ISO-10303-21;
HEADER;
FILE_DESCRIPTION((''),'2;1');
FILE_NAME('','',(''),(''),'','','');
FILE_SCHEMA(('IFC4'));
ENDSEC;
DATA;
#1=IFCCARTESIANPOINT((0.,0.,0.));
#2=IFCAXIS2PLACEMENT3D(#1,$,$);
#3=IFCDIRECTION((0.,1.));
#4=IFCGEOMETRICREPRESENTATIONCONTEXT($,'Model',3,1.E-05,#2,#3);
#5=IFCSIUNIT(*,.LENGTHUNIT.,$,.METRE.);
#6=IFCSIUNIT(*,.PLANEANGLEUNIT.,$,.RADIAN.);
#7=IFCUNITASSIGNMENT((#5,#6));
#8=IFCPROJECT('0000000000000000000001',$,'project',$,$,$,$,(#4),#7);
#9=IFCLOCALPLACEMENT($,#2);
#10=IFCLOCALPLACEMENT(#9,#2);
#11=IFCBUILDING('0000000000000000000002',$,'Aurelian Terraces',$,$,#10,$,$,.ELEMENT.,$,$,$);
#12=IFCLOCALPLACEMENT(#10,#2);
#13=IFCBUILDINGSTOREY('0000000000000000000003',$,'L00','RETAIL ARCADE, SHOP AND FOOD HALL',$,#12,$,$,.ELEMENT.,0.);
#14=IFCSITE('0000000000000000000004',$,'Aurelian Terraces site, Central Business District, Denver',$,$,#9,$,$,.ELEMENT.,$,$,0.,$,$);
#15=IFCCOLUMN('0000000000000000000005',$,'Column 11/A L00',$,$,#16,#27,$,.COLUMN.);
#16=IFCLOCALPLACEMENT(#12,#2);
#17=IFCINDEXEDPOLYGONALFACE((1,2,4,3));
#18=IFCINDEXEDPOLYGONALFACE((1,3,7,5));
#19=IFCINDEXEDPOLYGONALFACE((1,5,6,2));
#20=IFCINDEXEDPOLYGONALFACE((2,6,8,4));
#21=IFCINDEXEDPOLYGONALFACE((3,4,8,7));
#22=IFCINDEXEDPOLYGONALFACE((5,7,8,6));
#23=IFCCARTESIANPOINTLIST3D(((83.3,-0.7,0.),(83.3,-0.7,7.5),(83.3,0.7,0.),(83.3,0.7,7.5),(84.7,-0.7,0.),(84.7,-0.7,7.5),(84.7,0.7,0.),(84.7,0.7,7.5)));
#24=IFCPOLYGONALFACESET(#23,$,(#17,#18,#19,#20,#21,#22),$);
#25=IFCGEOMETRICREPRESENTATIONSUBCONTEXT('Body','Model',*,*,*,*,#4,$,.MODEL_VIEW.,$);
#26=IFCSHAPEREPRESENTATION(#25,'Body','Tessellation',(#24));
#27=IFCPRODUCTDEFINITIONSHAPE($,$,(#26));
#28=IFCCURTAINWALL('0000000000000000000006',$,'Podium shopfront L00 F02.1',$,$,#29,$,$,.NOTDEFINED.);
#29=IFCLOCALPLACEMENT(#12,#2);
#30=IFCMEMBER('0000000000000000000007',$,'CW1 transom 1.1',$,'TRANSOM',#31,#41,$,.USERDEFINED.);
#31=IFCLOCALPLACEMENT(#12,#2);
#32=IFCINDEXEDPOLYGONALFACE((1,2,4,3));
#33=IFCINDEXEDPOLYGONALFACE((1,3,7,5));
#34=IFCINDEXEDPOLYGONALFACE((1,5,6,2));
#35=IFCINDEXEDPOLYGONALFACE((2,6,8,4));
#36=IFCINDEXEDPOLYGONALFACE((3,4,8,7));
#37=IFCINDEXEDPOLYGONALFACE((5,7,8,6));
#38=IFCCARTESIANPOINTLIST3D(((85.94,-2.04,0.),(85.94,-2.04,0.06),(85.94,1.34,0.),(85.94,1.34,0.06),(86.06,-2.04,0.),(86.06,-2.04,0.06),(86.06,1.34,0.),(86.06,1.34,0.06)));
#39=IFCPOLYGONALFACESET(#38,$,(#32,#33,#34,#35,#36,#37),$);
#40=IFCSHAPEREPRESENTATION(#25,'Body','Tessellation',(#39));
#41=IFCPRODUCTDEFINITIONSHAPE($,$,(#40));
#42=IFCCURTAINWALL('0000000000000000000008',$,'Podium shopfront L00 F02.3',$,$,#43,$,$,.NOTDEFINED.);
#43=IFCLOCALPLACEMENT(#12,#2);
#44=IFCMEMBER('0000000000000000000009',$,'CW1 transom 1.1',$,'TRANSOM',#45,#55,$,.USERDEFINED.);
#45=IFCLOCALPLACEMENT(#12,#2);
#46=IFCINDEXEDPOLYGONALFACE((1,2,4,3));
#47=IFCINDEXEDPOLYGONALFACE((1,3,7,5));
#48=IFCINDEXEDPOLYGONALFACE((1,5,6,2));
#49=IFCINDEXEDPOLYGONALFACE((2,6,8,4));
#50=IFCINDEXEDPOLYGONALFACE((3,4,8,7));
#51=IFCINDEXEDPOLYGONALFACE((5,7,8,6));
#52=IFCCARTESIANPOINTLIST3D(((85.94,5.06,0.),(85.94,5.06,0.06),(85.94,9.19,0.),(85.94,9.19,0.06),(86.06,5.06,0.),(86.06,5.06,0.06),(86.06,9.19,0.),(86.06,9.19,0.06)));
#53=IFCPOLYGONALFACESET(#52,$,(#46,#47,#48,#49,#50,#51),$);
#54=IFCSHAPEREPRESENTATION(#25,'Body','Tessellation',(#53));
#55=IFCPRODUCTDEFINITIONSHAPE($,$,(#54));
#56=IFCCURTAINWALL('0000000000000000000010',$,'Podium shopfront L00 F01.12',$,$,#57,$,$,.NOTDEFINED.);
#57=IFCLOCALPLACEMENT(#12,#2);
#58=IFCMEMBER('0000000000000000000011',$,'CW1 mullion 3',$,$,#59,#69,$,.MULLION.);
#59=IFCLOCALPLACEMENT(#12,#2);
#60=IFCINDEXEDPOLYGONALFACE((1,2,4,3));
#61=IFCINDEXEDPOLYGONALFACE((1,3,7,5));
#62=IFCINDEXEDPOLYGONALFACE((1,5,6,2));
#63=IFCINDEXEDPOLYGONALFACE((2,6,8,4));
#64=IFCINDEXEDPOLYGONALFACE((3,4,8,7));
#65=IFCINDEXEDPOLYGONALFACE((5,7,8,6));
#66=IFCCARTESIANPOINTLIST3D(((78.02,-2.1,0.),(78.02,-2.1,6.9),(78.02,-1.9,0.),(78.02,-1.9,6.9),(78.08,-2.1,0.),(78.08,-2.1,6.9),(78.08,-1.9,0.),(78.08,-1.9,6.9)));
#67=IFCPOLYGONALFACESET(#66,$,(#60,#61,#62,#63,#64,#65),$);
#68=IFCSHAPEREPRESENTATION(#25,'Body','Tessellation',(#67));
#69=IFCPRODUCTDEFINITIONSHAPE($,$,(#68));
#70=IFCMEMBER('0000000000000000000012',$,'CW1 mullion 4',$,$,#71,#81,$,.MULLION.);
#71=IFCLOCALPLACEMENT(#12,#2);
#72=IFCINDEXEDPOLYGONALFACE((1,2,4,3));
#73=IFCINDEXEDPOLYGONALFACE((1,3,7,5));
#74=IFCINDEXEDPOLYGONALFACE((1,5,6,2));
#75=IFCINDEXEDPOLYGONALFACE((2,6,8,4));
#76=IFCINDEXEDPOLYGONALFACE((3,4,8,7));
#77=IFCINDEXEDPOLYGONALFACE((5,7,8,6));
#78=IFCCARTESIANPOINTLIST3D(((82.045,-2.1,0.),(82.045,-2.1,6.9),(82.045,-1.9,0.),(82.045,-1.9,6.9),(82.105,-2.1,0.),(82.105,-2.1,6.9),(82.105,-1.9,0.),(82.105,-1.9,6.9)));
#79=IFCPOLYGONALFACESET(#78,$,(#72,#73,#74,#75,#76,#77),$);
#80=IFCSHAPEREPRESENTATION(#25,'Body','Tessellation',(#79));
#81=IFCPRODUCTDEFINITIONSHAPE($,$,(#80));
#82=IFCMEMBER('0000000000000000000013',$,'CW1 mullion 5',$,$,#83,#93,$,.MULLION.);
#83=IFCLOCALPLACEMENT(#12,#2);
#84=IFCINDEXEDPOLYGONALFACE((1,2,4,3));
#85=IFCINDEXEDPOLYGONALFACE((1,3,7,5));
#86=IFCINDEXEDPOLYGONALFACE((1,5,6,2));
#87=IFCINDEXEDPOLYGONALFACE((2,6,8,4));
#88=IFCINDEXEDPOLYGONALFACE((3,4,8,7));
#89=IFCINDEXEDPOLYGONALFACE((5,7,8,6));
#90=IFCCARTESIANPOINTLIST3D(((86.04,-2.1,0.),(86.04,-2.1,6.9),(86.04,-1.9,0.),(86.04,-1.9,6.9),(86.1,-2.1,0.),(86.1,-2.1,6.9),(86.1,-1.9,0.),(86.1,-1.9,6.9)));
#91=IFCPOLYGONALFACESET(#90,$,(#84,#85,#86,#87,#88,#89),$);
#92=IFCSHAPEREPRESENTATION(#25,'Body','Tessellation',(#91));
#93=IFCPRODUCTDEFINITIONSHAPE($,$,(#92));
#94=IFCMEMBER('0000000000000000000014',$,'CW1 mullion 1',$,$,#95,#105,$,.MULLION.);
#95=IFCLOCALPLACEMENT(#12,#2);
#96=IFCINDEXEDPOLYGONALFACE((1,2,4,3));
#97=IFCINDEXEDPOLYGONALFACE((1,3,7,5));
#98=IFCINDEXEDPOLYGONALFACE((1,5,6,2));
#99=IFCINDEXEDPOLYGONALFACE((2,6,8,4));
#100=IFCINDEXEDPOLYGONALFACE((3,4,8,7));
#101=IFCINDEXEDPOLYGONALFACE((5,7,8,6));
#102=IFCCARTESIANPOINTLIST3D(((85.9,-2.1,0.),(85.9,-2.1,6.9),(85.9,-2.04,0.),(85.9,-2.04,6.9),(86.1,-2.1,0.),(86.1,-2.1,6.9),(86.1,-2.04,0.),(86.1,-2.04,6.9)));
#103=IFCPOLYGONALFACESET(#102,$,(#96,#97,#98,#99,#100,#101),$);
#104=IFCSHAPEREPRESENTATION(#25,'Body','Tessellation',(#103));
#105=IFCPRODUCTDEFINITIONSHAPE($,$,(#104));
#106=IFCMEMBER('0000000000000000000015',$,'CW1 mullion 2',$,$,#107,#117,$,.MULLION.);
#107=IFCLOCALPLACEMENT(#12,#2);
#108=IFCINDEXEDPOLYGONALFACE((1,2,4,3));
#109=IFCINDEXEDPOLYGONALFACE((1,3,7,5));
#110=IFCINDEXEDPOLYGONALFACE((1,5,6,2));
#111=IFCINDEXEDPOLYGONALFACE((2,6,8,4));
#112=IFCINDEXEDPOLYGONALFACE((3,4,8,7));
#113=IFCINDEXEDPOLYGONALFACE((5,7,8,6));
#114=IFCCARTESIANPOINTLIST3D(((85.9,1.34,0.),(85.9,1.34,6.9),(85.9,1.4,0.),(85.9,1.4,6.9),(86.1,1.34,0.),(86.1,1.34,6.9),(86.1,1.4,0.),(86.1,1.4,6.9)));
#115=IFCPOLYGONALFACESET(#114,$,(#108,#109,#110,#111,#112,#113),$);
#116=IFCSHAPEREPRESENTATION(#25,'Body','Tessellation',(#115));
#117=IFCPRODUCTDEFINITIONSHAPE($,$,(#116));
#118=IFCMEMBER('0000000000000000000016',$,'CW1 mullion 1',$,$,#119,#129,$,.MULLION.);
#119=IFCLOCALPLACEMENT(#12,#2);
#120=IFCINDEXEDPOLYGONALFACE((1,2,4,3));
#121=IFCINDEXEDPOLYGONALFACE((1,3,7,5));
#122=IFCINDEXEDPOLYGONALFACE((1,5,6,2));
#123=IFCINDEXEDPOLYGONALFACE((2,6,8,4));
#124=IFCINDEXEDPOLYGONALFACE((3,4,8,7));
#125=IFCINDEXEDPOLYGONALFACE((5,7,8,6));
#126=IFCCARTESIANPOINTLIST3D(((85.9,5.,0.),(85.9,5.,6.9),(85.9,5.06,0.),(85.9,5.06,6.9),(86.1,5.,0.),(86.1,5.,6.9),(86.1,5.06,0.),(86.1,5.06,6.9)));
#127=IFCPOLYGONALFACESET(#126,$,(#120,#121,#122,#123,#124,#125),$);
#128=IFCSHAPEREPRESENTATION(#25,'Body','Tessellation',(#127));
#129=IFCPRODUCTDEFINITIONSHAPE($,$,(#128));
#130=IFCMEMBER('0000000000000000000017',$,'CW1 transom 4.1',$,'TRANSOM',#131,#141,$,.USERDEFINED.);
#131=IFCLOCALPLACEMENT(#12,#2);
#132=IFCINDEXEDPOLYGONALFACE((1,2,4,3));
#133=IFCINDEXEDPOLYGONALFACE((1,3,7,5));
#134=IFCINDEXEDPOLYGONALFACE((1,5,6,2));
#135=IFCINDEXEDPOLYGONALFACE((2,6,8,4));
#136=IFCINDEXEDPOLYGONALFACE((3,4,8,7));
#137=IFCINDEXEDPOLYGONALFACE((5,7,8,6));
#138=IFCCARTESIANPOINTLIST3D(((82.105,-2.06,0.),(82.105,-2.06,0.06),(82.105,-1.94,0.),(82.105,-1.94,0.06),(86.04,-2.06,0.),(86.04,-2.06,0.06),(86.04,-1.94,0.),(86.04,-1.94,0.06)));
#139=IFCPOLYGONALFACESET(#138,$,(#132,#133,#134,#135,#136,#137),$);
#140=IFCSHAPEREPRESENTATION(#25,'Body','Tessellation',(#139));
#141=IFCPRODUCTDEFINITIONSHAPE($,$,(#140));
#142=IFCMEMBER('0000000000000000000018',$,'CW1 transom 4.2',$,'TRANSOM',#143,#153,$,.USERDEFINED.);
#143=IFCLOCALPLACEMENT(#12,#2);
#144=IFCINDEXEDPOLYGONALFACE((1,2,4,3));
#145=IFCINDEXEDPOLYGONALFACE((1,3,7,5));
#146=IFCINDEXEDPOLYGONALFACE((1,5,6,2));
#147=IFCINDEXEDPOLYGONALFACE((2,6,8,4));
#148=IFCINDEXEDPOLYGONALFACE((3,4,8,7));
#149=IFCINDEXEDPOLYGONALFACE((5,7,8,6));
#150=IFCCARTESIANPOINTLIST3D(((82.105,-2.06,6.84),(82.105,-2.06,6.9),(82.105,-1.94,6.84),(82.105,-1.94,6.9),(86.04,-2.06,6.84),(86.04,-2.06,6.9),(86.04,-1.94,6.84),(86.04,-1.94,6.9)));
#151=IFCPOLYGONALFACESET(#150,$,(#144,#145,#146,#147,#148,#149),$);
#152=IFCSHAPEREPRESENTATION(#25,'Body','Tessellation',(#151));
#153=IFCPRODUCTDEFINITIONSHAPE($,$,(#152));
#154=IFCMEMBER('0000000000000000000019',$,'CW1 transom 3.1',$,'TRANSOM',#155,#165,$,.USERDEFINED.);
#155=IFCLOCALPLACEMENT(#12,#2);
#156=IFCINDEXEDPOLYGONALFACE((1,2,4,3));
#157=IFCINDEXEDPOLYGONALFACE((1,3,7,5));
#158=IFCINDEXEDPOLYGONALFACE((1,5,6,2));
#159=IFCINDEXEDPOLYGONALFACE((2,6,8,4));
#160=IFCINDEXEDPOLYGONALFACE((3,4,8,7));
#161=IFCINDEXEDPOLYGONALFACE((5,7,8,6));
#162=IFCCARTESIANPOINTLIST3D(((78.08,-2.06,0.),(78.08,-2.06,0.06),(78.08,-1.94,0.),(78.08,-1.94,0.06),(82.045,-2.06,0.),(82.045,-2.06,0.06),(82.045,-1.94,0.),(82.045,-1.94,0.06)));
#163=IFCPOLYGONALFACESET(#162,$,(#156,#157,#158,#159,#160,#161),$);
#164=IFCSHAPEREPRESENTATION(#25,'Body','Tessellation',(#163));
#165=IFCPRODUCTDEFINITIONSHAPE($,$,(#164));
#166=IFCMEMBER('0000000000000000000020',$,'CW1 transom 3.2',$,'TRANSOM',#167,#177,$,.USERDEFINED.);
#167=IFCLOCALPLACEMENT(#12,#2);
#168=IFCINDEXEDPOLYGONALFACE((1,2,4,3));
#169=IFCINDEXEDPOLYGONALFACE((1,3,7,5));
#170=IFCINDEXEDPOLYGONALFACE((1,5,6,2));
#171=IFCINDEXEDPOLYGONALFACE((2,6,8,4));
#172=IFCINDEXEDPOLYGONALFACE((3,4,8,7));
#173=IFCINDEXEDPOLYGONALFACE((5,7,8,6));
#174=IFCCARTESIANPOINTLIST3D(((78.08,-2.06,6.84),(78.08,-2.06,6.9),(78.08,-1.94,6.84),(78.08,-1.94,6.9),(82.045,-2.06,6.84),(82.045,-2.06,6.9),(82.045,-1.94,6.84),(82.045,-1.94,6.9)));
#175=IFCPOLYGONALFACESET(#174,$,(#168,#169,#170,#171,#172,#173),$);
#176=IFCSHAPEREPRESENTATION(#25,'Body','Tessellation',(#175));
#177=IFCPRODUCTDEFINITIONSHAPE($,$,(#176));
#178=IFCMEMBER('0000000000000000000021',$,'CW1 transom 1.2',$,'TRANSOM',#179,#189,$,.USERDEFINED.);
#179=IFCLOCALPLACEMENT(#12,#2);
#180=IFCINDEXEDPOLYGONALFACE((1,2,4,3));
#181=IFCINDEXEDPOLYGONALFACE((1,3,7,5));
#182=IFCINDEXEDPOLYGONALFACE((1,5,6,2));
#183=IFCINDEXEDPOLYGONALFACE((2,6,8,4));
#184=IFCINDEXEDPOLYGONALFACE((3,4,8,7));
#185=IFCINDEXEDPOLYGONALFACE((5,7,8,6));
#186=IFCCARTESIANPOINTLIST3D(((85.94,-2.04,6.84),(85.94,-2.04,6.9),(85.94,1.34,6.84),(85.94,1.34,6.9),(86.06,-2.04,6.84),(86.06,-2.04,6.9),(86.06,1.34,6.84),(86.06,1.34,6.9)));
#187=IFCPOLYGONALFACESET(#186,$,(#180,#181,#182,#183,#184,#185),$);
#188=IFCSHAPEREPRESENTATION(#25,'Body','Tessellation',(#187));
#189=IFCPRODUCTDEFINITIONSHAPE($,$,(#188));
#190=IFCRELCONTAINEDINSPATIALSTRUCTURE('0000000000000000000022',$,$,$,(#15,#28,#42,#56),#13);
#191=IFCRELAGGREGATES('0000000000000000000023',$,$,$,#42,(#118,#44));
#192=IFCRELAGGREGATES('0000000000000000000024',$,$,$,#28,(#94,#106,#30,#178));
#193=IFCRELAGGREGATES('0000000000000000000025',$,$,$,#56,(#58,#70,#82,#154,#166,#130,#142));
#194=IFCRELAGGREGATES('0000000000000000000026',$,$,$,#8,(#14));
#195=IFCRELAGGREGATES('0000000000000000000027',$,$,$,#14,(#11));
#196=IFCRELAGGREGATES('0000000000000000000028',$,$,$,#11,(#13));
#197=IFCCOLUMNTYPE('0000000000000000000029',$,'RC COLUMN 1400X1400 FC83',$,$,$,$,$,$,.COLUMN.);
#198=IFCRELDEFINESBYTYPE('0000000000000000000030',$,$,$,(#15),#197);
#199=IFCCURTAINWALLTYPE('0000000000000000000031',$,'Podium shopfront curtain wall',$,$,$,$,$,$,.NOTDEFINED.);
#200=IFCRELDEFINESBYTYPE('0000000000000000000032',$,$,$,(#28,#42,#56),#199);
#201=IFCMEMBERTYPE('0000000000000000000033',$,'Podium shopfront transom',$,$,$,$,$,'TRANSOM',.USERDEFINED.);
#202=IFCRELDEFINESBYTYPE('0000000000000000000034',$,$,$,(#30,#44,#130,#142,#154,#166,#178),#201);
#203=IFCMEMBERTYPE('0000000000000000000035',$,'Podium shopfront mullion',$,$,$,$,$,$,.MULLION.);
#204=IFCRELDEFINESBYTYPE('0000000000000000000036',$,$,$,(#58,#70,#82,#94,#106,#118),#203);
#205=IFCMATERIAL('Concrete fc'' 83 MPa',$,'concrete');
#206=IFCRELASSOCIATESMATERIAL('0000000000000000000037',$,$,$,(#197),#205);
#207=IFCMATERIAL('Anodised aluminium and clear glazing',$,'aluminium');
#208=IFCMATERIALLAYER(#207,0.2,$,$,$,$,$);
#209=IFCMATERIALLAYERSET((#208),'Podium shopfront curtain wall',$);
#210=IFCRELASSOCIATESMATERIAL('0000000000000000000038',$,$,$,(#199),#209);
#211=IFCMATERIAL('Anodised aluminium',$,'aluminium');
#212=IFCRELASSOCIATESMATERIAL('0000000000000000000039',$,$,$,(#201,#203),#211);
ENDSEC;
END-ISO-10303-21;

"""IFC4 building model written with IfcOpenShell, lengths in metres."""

from ifc_helpers import new_model, si_unit, direction, frame, origin, origin_2d, place, context, subcontext, project, spatial, rectangle, extrude, source, transform, mapped, material, layer, layer_set, material_profile, profile_set, type_object, element, aggregate, save


model = new_model("IFC4")

# Units and contexts
model_context = context("Model", 3, precision=1e-05, world=origin(), true_north=direction((0.0, 1.0)))
body_context = subcontext(model_context, "Body", "Model", "MODEL_VIEW")
ifc_project = project(units=[si_unit("LENGTHUNIT", "METRE"), si_unit("PLANEANGLEUNIT", "RADIAN")], contexts=[model_context])

# Site, building, storey
site_placement = place(None, origin())
site = spatial("IfcSite", under=ifc_project, at=site_placement, Name="Aurelian Terraces site, Central Business District, Denver", CompositionType="ELEMENT", RefElevation=0.0)
building_placement = place(site_placement, origin())
building = spatial("IfcBuilding", under=site, at=building_placement, Name="Aurelian Terraces", CompositionType="ELEMENT")
storey_placement = place(building_placement, origin())
storey = spatial("IfcBuildingStorey", under=building, at=storey_placement, Name="L00", Description="RETAIL ARCADE, SHOP AND FOOD HALL", CompositionType="ELEMENT", Elevation=0.0)

# Column
ifc_material_1 = material(Name="Concrete fc' 83 MPa", Category="concrete")
ifc_material_profile_1 = material_profile(ifc_material_1, rectangle(XDim=1.4, YDim=1.4, at=origin_2d()))
ifc_profile_set_1 = profile_set([ifc_material_profile_1], Name="Concrete fc' 83 MPa")
column_type = type_object("IfcColumnType", Name="RC COLUMN 1400X1400 FC83", PredefinedType="COLUMN", material=ifc_profile_set_1)
shared_shape_1 = source(origin(), body_context, "Body", "SweptSolid", [
    extrude(rectangle(XDim=1.4, YDim=1.4, at=origin_2d()), origin(), (0.0, 0.0, 1.0), 7.5),
])
column_placement = place(storey_placement, frame((84.0, 0.0, 0.0), z_axis=(0.0, 0.0, 1.0), x_axis=(1.0, 0.0, 0.0)))
element("IfcColumn", 1, at=column_placement, inside=storey, type_object=column_type, Name="Column 11/A L00", PredefinedType="COLUMN", context=body_context, shape_type="MappedRepresentation", body=[
    mapped(shared_shape_1, transform((0.0, 0.0, 0.0), scale=1.0)),
])

# Curtain walls, members
ifc_material_2 = material(Name="Anodised aluminium and clear glazing", Category="aluminium")
ifc_layer_1 = layer(ifc_material_2, 0.2)
ifc_layer_set_1 = layer_set([ifc_layer_1], Name="Podium shopfront curtain wall")
curtain_wall_type = type_object("IfcCurtainWallType", Name="Podium shopfront curtain wall", PredefinedType="NOTDEFINED", material=ifc_layer_set_1)
curtain_wall_1_placement = place(storey_placement, origin())
curtain_wall_1 = element("IfcCurtainWall", 2, at=curtain_wall_1_placement, inside=storey, type_object=curtain_wall_type, Name="Podium shopfront L00 F02.1", PredefinedType="NOTDEFINED")
ifc_material_3 = material(Name="Anodised aluminium", Category="aluminium")
ifc_material_profile_2 = material_profile(ifc_material_3, rectangle(XDim=0.12, YDim=0.06, at=origin_2d()))
ifc_profile_set_2 = profile_set([ifc_material_profile_2], Name="Anodised aluminium")
member_type_1 = type_object("IfcMemberType", Name="Podium shopfront transom", ElementType="TRANSOM", PredefinedType="USERDEFINED", material=ifc_profile_set_2)
member_1_placement = place(storey_placement, frame((86.0, -2.04, 0.03), z_axis=(0.0, 1.0, 0.0), x_axis=(-1.0, 0.0, 0.0)))
member_1 = element("IfcMember", 3, at=member_1_placement, type_object=member_type_1, Name="CW1 transom 1.1", ObjectType="TRANSOM", PredefinedType="USERDEFINED", context=body_context, shape_type="SweptSolid", body=[
    extrude(rectangle(XDim=0.12, YDim=0.06, at=origin_2d()), origin(), (0.0, 0.0, 1.0), 3.38),
])
curtain_wall_2_placement = place(storey_placement, origin())
curtain_wall_2 = element("IfcCurtainWall", 4, at=curtain_wall_2_placement, inside=storey, type_object=curtain_wall_type, Name="Podium shopfront L00 F02.3", PredefinedType="NOTDEFINED")
member_2_placement = place(storey_placement, frame((86.0, 5.06, 0.03), z_axis=(0.0, 1.0, 0.0), x_axis=(-1.0, 0.0, 0.0)))
member_2 = element("IfcMember", 5, at=member_2_placement, type_object=member_type_1, Name="CW1 transom 1.1", ObjectType="TRANSOM", PredefinedType="USERDEFINED", context=body_context, shape_type="SweptSolid", body=[
    extrude(rectangle(XDim=0.12, YDim=0.06, at=origin_2d()), origin(), (0.0, 0.0, 1.0), 4.13),
])

# Curtain wall, members
curtain_wall_3_placement = place(storey_placement, origin())
curtain_wall_3 = element("IfcCurtainWall", 6, at=curtain_wall_3_placement, inside=storey, type_object=curtain_wall_type, Name="Podium shopfront L00 F01.12", PredefinedType="NOTDEFINED")
ifc_material_profile_3 = material_profile(ifc_material_3, rectangle(XDim=0.2, YDim=0.06, at=origin_2d()))
ifc_profile_set_3 = profile_set([ifc_material_profile_3], Name="Anodised aluminium")
member_type_2 = type_object("IfcMemberType", Name="Podium shopfront mullion", PredefinedType="MULLION", material=ifc_profile_set_3)
shared_shape_2 = source(origin(), body_context, "Body", "SweptSolid", [
    extrude(rectangle(XDim=0.2, YDim=0.06, at=origin_2d()), origin(), (0.0, 0.0, 1.0), 6.9),
])
member_3_placement = place(storey_placement, frame((78.05, -2.0, 0.0), z_axis=(0.0, 0.0, 1.0), x_axis=(0.0, 1.0, 0.0)))
member_3 = element("IfcMember", 7, at=member_3_placement, type_object=member_type_2, Name="CW1 mullion 3", PredefinedType="MULLION", context=body_context, shape_type="MappedRepresentation", body=[
    mapped(shared_shape_2, transform((0.0, 0.0, 0.0), scale=1.0)),
])
member_4_placement = place(storey_placement, frame((82.075, -2.0, 0.0), z_axis=(0.0, 0.0, 1.0), x_axis=(0.0, 1.0, 0.0)))
member_4 = element("IfcMember", 8, at=member_4_placement, type_object=member_type_2, Name="CW1 mullion 4", PredefinedType="MULLION", context=body_context, shape_type="MappedRepresentation", body=[
    mapped(shared_shape_2, transform((0.0, 0.0, 0.0), scale=1.0)),
])
member_5_placement = place(storey_placement, frame((86.07, -2.0, 0.0), z_axis=(0.0, 0.0, 1.0), x_axis=(0.0, 1.0, 0.0)))
member_5 = element("IfcMember", 9, at=member_5_placement, type_object=member_type_2, Name="CW1 mullion 5", PredefinedType="MULLION", context=body_context, shape_type="MappedRepresentation", body=[
    mapped(shared_shape_2, transform((0.0, 0.0, 0.0), scale=1.0)),
])

# Members
member_6_placement = place(storey_placement, frame((86.0, -2.07, 0.0), z_axis=(0.0, 0.0, 1.0), x_axis=(-1.0, 0.0, 0.0)))
member_6 = element("IfcMember", 10, at=member_6_placement, type_object=member_type_2, Name="CW1 mullion 1", PredefinedType="MULLION", context=body_context, shape_type="MappedRepresentation", body=[
    mapped(shared_shape_2, transform((0.0, 0.0, 0.0), scale=1.0)),
])
member_7_placement = place(storey_placement, frame((86.0, 1.37, 0.0), z_axis=(0.0, 0.0, 1.0), x_axis=(-1.0, 0.0, 0.0)))
member_7 = element("IfcMember", 11, at=member_7_placement, type_object=member_type_2, Name="CW1 mullion 2", PredefinedType="MULLION", context=body_context, shape_type="MappedRepresentation", body=[
    mapped(shared_shape_2, transform((0.0, 0.0, 0.0), scale=1.0)),
])
member_8_placement = place(storey_placement, frame((86.0, 5.03, 0.0), z_axis=(0.0, 0.0, 1.0), x_axis=(-1.0, 0.0, 0.0)))
member_8 = element("IfcMember", 12, at=member_8_placement, type_object=member_type_2, Name="CW1 mullion 1", PredefinedType="MULLION", context=body_context, shape_type="MappedRepresentation", body=[
    mapped(shared_shape_2, transform((0.0, 0.0, 0.0), scale=1.0)),
])
shared_shape_3 = source(origin(), body_context, "Body", "SweptSolid", [
    extrude(rectangle(XDim=0.12, YDim=0.06, at=origin_2d()), origin(), (0.0, 0.0, 1.0), 3.935),
])
member_9_placement = place(storey_placement, frame((82.105, -2.0, 0.03), z_axis=(1.0, 0.0, 0.0), x_axis=(0.0, 1.0, 0.0)))
member_9 = element("IfcMember", 13, at=member_9_placement, type_object=member_type_1, Name="CW1 transom 4.1", ObjectType="TRANSOM", PredefinedType="USERDEFINED", context=body_context, shape_type="MappedRepresentation", body=[
    mapped(shared_shape_3, transform((0.0, 0.0, 0.0), scale=1.0)),
])
member_10_placement = place(storey_placement, frame((82.105, -2.0, 6.87), z_axis=(1.0, 0.0, 0.0), x_axis=(0.0, 1.0, 0.0)))
member_10 = element("IfcMember", 14, at=member_10_placement, type_object=member_type_1, Name="CW1 transom 4.2", ObjectType="TRANSOM", PredefinedType="USERDEFINED", context=body_context, shape_type="MappedRepresentation", body=[
    mapped(shared_shape_3, transform((0.0, 0.0, 0.0), scale=1.0)),
])
shared_shape_4 = source(origin(), body_context, "Body", "SweptSolid", [
    extrude(rectangle(XDim=0.12, YDim=0.06, at=origin_2d()), origin(), (0.0, 0.0, 1.0), 3.965),
])
member_11_placement = place(storey_placement, frame((78.08, -2.0, 0.03), z_axis=(1.0, 0.0, 0.0), x_axis=(0.0, 1.0, 0.0)))
member_11 = element("IfcMember", 15, at=member_11_placement, type_object=member_type_1, Name="CW1 transom 3.1", ObjectType="TRANSOM", PredefinedType="USERDEFINED", context=body_context, shape_type="MappedRepresentation", body=[
    mapped(shared_shape_4, transform((0.0, 0.0, 0.0), scale=1.0)),
])
member_12_placement = place(storey_placement, frame((78.08, -2.0, 6.87), z_axis=(1.0, 0.0, 0.0), x_axis=(0.0, 1.0, 0.0)))
member_12 = element("IfcMember", 16, at=member_12_placement, type_object=member_type_1, Name="CW1 transom 3.2", ObjectType="TRANSOM", PredefinedType="USERDEFINED", context=body_context, shape_type="MappedRepresentation", body=[
    mapped(shared_shape_4, transform((0.0, 0.0, 0.0), scale=1.0)),
])
shared_shape_5 = source(origin(), body_context, "Body", "SweptSolid", [
    extrude(rectangle(XDim=0.12, YDim=0.06, at=origin_2d()), origin(), (0.0, 0.0, 1.0), 3.38),
])
member_13_placement = place(storey_placement, frame((86.0, -2.04, 6.87), z_axis=(0.0, 1.0, 0.0), x_axis=(-1.0, 0.0, 0.0)))
member_13 = element("IfcMember", 17, at=member_13_placement, type_object=member_type_1, Name="CW1 transom 1.2", ObjectType="TRANSOM", PredefinedType="USERDEFINED", context=body_context, shape_type="MappedRepresentation", body=[
    mapped(shared_shape_5, transform((0.0, 0.0, 0.0), scale=1.0)),
])
aggregate(curtain_wall_2, [member_8, member_2])

aggregate(curtain_wall_1, [member_6, member_7, member_1, member_13])
aggregate(curtain_wall_3, [member_3, member_4, member_5, member_11, member_12, member_9, member_10])

save(model, "model.ifc")
